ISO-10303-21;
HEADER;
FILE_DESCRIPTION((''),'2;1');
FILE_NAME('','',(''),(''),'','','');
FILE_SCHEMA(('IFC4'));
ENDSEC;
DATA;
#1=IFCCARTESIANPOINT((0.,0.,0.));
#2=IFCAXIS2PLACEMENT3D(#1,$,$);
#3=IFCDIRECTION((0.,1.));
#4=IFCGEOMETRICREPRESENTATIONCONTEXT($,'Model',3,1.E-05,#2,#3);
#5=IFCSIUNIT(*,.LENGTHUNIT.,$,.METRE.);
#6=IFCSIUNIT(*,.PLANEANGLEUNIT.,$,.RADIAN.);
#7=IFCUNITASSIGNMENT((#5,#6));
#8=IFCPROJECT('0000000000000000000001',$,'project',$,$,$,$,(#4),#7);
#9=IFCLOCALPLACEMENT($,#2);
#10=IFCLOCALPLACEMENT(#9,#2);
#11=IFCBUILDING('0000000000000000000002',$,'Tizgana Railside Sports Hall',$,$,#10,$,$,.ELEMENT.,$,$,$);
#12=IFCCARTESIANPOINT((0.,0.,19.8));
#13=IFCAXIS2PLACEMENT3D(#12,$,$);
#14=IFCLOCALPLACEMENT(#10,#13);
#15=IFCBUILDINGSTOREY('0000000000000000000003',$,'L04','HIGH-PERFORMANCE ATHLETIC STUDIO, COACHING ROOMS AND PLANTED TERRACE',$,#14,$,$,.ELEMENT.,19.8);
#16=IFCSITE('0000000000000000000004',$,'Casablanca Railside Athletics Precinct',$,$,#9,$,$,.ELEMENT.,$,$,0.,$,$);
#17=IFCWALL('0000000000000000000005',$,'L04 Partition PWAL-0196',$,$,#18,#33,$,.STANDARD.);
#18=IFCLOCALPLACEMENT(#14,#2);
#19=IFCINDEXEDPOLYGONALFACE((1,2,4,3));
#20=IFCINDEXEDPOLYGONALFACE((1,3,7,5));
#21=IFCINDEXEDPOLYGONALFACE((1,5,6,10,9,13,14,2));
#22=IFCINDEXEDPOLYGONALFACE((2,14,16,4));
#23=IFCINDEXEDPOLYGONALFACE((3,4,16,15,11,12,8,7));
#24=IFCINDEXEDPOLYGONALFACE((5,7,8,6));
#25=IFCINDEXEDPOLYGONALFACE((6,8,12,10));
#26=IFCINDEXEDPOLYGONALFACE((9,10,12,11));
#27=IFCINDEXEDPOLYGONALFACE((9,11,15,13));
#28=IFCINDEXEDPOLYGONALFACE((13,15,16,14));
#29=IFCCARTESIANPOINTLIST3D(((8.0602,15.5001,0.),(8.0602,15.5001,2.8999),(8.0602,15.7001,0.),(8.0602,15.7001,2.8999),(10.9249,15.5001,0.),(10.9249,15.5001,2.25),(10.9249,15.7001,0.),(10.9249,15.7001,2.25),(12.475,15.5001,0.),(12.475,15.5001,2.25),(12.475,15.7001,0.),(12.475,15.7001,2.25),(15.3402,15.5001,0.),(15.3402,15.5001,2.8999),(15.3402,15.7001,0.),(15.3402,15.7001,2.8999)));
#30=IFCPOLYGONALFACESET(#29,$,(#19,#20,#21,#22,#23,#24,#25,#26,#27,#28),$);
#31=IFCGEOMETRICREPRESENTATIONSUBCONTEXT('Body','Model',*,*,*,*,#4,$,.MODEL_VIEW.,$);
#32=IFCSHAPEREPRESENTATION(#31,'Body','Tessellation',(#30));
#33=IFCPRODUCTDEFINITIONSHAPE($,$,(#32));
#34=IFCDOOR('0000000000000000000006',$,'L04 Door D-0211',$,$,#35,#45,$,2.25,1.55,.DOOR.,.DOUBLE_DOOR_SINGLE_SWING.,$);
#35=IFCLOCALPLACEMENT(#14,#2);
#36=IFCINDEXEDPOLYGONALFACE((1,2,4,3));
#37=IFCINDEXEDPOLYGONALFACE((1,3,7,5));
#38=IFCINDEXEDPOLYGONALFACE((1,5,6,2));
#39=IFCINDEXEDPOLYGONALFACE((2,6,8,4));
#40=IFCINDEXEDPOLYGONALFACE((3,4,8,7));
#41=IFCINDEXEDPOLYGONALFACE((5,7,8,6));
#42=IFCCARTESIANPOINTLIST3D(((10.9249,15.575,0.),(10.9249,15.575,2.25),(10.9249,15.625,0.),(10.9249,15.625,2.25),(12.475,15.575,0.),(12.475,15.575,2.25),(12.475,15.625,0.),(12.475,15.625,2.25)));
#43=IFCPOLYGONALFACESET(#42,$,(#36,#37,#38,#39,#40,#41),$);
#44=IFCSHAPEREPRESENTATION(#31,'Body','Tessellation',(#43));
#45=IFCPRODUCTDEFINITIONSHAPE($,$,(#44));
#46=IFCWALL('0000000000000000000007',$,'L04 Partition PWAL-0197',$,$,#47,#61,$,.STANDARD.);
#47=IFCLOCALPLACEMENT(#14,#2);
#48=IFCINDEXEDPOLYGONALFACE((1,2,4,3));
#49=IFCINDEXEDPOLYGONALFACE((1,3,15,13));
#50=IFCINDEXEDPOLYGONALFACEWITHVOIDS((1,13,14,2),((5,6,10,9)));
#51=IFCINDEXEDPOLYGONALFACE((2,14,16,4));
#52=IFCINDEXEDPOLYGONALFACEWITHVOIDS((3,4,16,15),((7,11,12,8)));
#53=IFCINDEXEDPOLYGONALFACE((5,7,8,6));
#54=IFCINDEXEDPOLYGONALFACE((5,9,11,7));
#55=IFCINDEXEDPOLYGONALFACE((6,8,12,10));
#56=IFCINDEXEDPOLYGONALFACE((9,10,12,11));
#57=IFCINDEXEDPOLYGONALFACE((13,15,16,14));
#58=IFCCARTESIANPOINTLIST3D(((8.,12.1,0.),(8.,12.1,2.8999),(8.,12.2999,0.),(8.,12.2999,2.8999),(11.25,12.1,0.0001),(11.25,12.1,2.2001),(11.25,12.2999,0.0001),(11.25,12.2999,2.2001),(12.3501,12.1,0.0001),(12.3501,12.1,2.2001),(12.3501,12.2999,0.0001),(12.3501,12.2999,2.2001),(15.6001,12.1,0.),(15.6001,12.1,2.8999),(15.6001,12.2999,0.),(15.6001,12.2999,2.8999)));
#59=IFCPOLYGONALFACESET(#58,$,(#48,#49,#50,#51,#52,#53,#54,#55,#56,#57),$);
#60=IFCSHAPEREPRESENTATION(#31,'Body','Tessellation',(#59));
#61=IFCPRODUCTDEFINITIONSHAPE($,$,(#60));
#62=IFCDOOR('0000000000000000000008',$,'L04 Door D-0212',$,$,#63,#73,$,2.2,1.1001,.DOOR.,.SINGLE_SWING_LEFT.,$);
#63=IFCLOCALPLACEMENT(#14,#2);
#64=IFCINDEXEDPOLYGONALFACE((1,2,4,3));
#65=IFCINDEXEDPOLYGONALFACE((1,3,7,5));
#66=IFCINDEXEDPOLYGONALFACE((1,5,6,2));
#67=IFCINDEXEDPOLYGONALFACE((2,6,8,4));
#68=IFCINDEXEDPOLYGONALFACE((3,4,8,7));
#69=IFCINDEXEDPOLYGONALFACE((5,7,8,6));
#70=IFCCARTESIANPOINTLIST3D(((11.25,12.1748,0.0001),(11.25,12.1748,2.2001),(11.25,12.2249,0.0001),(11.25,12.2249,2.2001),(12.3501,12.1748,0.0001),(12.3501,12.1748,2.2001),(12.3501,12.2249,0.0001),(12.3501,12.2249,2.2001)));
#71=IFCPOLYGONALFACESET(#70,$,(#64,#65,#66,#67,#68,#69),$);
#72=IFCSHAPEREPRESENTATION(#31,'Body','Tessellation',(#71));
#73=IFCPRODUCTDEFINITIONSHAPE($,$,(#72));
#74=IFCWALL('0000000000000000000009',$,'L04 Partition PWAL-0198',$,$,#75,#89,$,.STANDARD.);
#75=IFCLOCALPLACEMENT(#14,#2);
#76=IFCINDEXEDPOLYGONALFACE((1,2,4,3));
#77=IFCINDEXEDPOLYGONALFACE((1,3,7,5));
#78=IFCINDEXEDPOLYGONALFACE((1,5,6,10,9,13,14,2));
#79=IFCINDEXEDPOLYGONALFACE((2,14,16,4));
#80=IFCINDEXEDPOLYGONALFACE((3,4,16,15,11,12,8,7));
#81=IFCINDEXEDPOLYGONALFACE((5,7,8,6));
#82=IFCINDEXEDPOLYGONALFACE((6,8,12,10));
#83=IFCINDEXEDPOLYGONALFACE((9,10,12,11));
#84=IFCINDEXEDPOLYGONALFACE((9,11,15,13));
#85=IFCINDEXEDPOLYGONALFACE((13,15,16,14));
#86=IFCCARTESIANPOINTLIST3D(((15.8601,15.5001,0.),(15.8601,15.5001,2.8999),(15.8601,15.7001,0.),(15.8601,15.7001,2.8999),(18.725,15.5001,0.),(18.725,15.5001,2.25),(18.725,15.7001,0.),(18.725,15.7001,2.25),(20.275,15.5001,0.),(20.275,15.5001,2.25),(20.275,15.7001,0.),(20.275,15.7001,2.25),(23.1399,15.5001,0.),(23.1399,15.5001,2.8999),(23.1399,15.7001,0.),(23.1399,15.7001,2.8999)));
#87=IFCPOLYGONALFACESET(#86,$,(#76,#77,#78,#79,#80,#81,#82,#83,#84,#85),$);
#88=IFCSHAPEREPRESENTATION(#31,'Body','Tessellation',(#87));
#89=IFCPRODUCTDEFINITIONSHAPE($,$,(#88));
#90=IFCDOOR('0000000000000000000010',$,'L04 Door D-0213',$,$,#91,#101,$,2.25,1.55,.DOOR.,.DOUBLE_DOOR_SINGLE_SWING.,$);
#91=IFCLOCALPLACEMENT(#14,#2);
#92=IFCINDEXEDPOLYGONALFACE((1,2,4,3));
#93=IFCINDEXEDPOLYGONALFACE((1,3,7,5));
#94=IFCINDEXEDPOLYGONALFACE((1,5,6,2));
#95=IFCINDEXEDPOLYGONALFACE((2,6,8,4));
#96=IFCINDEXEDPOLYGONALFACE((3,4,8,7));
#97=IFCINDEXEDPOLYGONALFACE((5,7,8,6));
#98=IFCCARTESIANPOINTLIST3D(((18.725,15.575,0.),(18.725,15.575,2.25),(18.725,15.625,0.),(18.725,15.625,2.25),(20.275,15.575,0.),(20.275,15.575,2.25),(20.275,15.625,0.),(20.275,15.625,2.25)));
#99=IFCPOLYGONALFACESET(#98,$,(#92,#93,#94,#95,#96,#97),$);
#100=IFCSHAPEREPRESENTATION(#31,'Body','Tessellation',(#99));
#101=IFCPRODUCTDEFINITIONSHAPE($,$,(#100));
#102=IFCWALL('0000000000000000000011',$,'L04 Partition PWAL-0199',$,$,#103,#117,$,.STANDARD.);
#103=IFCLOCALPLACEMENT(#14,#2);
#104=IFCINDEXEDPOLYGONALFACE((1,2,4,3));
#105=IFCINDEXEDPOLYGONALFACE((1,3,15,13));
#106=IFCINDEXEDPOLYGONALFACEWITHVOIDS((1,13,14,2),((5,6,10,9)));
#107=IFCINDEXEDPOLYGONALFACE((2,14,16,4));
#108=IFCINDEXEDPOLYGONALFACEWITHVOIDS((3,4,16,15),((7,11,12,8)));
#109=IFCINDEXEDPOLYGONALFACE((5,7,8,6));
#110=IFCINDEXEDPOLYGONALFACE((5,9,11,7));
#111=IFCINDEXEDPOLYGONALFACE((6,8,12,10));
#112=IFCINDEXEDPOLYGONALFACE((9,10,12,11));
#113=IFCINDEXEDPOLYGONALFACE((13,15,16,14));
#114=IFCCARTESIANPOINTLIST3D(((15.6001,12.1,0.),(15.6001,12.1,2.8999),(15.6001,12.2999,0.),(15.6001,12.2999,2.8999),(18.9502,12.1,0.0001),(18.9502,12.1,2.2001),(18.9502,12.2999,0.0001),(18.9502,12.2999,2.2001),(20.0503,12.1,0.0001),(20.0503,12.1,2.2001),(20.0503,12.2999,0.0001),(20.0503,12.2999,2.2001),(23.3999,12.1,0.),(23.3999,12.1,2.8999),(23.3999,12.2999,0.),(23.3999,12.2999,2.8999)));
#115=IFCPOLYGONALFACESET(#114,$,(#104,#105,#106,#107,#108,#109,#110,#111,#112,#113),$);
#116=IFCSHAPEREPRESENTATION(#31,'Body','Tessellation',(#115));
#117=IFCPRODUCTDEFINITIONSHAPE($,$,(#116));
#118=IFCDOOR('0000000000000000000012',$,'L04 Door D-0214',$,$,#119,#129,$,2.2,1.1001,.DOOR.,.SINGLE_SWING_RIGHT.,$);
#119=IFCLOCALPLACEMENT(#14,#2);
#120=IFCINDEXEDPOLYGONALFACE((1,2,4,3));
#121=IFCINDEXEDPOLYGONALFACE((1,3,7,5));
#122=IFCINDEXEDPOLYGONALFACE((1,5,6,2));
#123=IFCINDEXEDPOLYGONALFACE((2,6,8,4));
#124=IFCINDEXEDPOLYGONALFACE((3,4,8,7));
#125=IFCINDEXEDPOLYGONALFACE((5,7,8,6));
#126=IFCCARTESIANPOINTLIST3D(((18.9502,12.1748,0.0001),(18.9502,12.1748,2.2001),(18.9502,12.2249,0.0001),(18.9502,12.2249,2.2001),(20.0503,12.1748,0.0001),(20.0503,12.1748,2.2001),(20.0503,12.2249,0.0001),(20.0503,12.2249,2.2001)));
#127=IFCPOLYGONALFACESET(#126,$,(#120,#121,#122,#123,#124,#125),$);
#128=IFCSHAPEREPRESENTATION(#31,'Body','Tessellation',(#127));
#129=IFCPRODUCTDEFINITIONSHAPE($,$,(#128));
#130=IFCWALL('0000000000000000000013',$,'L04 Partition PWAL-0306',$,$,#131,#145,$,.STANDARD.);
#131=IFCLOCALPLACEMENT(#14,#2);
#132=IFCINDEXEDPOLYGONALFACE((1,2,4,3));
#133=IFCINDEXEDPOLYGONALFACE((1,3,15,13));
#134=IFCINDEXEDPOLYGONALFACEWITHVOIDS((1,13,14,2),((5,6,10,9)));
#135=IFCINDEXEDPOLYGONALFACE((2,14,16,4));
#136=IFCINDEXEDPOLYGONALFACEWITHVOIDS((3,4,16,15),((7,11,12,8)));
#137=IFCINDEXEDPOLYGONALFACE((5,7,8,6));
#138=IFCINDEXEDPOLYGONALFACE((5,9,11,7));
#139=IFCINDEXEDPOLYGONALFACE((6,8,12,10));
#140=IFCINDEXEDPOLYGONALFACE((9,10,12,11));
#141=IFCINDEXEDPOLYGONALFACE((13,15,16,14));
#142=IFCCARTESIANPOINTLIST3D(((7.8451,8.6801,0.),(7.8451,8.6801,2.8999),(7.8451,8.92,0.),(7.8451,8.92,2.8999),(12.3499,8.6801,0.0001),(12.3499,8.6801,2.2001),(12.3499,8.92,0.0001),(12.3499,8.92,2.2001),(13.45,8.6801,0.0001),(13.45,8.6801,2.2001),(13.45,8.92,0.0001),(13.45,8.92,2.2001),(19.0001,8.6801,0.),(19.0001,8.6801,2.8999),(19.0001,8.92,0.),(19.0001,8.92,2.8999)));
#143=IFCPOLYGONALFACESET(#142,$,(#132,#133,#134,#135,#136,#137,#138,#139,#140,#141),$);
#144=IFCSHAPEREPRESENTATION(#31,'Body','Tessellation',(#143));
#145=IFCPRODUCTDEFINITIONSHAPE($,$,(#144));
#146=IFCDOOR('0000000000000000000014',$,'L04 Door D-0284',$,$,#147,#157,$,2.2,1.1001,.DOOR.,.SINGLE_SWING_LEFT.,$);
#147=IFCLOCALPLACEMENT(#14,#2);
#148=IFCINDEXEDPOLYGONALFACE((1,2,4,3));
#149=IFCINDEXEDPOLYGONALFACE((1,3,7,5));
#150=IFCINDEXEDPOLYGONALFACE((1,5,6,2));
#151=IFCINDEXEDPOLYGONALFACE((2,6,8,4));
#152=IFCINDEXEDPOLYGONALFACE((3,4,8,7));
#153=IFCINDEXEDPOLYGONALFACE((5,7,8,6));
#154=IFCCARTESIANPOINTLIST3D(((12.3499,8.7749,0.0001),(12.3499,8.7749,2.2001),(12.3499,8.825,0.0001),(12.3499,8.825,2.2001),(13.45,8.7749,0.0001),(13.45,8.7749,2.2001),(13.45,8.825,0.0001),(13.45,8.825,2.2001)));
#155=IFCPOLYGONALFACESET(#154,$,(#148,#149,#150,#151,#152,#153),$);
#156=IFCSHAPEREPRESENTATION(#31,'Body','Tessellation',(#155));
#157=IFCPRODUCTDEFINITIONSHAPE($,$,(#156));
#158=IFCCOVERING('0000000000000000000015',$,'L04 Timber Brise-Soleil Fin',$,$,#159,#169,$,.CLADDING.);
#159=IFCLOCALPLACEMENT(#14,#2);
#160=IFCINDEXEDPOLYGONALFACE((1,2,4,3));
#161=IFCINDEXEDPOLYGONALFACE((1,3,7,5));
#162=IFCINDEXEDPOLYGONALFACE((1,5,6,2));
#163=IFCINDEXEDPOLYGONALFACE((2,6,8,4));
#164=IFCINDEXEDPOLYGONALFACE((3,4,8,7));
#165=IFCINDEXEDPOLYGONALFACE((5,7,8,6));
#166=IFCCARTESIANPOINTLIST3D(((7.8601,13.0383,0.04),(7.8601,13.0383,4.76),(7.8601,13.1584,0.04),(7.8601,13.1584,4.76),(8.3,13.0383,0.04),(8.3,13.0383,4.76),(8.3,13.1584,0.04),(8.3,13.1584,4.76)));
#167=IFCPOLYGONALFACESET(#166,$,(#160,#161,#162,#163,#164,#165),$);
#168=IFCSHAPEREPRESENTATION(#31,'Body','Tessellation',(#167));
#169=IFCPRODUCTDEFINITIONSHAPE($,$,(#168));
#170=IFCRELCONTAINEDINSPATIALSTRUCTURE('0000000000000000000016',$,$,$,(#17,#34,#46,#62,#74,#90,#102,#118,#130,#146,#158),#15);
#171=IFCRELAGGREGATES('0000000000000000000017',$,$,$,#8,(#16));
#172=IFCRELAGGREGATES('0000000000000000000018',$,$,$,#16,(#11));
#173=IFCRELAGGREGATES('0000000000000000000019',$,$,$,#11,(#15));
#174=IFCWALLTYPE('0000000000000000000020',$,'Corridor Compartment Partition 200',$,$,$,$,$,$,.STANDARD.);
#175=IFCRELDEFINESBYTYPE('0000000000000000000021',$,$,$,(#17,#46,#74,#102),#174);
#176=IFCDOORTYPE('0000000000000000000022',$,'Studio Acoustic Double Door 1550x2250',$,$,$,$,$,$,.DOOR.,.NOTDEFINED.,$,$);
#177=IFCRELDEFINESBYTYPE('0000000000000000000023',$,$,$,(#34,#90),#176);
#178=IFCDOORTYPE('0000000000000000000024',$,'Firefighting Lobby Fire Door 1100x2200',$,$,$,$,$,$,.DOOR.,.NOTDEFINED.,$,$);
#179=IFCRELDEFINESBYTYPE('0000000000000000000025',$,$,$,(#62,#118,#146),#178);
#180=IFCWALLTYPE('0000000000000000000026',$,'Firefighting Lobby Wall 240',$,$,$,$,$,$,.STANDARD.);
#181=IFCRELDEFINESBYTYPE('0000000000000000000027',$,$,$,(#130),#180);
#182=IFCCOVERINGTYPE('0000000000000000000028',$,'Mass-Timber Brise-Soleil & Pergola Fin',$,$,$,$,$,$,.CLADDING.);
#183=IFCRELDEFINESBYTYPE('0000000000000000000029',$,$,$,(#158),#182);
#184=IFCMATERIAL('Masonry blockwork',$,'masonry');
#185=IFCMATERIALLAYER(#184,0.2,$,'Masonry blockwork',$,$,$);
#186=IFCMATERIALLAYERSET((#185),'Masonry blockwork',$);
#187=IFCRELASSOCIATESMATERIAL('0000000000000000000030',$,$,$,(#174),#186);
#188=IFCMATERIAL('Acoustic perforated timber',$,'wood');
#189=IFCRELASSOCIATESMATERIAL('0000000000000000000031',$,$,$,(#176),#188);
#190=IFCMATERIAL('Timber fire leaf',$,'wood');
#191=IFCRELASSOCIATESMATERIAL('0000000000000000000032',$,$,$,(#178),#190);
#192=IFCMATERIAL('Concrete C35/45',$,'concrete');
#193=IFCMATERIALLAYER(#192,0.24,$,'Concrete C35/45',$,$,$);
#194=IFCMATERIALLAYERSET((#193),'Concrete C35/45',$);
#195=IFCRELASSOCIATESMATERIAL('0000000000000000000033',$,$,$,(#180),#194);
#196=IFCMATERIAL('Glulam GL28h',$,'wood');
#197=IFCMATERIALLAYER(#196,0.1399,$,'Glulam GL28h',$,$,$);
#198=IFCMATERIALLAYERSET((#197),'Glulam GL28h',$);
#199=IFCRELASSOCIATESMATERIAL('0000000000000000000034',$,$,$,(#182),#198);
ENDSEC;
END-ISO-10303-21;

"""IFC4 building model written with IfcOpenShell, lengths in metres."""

from ifc_helpers import new_model, si_unit, direction, frame, frame_2d, origin, origin_2d, place, context, subcontext, project, spatial, rectangle, extrude, material, layer, layer_set, type_object, element, fill, save


model = new_model("IFC4")

# Units and contexts
model_context = context("Model", 3, precision=1e-05, world=origin(), true_north=direction((0.0, 1.0)))
body_context = subcontext(model_context, "Body", "Model", "MODEL_VIEW")
ifc_project = project(units=[si_unit("LENGTHUNIT", "METRE"), si_unit("PLANEANGLEUNIT", "RADIAN")], contexts=[model_context])

# Site, building, storey
site_placement = place(None, origin())
site = spatial("IfcSite", under=ifc_project, at=site_placement, Name="Casablanca Railside Athletics Precinct", CompositionType="ELEMENT", RefElevation=0.0)
building_placement = place(site_placement, origin())
building = spatial("IfcBuilding", under=site, at=building_placement, Name="Tizgana Railside Sports Hall", CompositionType="ELEMENT")
storey_placement = place(building_placement, frame((0.0, 0.0, 19.8)))
storey = spatial("IfcBuildingStorey", under=building, at=storey_placement, Name="L04", Description="HIGH-PERFORMANCE ATHLETIC STUDIO, COACHING ROOMS AND PLANTED TERRACE", CompositionType="ELEMENT", Elevation=19.8)

# Shared definitions
ifc_material_1 = material(Name="Concrete C35/45", Category="concrete")

# Walls, openings, doors
ifc_material_2 = material(Name="Masonry blockwork", Category="masonry")
ifc_layer_1 = layer(ifc_material_2, 0.2, Name="Masonry blockwork")
ifc_layer_set_1 = layer_set([ifc_layer_1], Name="Masonry blockwork")
wall_type_1 = type_object("IfcWallType", Name="Corridor Compartment Partition 200", PredefinedType="STANDARD", material=ifc_layer_set_1)
wall_1_placement = place(storey_placement, frame((8.0601, 15.6001, 0.0), z_axis=(0.0, 0.0, 1.0), x_axis=(1.0, 0.0, 0.0)))
wall_1 = element("IfcWall", 1, at=wall_1_placement, inside=storey, type_object=wall_type_1, Name="L04 Partition PWAL-0196", PredefinedType="STANDARD", context=body_context, shape_type="SweptSolid", body=[
    extrude(rectangle(XDim=7.28, YDim=0.2, at=frame_2d((3.6401, 0.0))), origin(), (0.0, 0.0, 1.0), 2.8999),
])
opening_1_placement = place(wall_1_placement, frame((2.865, 0.0, 0.0)))
opening_1 = element("IfcOpeningElement", 2, at=opening_1_placement, cuts=wall_1, PredefinedType="OPENING", context=body_context, shape_type="SweptSolid", body=[
    extrude(rectangle(XDim=1.55, YDim=2.25, at=frame_2d((0.7749, 1.125))), frame((0.0, 0.1099, 0.0), z_axis=(0.0, -1.0, 0.0), x_axis=(1.0, 0.0, 0.0)), (0.0, 0.0, 1.0), 0.22),
])
ifc_material_3 = material(Name="Acoustic perforated timber", Category="wood")
door_type_1 = type_object("IfcDoorType", Name="Studio Acoustic Double Door 1550x2250", OperationType="NOTDEFINED", PredefinedType="DOOR", material=ifc_material_3)
door_1_placement = place(opening_1_placement, origin())
door_1 = element("IfcDoor", 3, at=door_1_placement, inside=storey, type_object=door_type_1, Name="L04 Door D-0211", OperationType="DOUBLE_DOOR_SINGLE_SWING", OverallHeight=2.25, OverallWidth=1.55, PredefinedType="DOOR", context=body_context, shape_type="SweptSolid", body=[
    extrude(rectangle(XDim=1.55, YDim=2.25, at=frame_2d((0.7749, 1.125))), frame((0.0, 0.0249, 0.0), z_axis=(0.0, -1.0, 0.0), x_axis=(1.0, 0.0, 0.0)), (0.0, 0.0, 1.0), 0.05),
])
fill(opening_1, door_1)
wall_2_placement = place(storey_placement, frame((8.0, 12.2, 0.0), z_axis=(0.0, 0.0, 1.0), x_axis=(1.0, 0.0, 0.0)))
wall_2 = element("IfcWall", 4, at=wall_2_placement, inside=storey, type_object=wall_type_1, Name="L04 Partition PWAL-0197", PredefinedType="STANDARD", context=body_context, shape_type="SweptSolid", body=[
    extrude(rectangle(XDim=7.6001, YDim=0.2, at=frame_2d((3.8, 0.0))), origin(), (0.0, 0.0, 1.0), 2.8999),
])
opening_2_placement = place(wall_2_placement, frame((3.25, 0.0, 0.0)))
opening_2 = element("IfcOpeningElement", 5, at=opening_2_placement, cuts=wall_2, PredefinedType="OPENING", context=body_context, shape_type="SweptSolid", body=[
    extrude(rectangle(XDim=1.1001, YDim=2.2, at=frame_2d((0.55, 1.1001))), frame((0.0, 0.1099, 0.0), z_axis=(0.0, -1.0, 0.0), x_axis=(1.0, 0.0, 0.0)), (0.0, 0.0, 1.0), 0.22),
])
ifc_material_4 = material(Name="Timber fire leaf", Category="wood")
door_type_2 = type_object("IfcDoorType", Name="Firefighting Lobby Fire Door 1100x2200", OperationType="NOTDEFINED", PredefinedType="DOOR", material=ifc_material_4)
door_2_placement = place(opening_2_placement, origin())
door_2 = element("IfcDoor", 6, at=door_2_placement, inside=storey, type_object=door_type_2, Name="L04 Door D-0212", OperationType="SINGLE_SWING_LEFT", OverallHeight=2.2, OverallWidth=1.1001, PredefinedType="DOOR", context=body_context, shape_type="SweptSolid", body=[
    extrude(rectangle(XDim=1.1001, YDim=2.2, at=frame_2d((0.55, 1.1001))), frame((0.0, 0.0249, 0.0), z_axis=(0.0, -1.0, 0.0), x_axis=(1.0, 0.0, 0.0)), (0.0, 0.0, 1.0), 0.05),
])
fill(opening_2, door_2)
wall_3_placement = place(storey_placement, frame((15.8601, 15.6001, 0.0), z_axis=(0.0, 0.0, 1.0), x_axis=(1.0, 0.0, 0.0)))
wall_3 = element("IfcWall", 7, at=wall_3_placement, inside=storey, type_object=wall_type_1, Name="L04 Partition PWAL-0198", PredefinedType="STANDARD", context=body_context, shape_type="SweptSolid", body=[
    extrude(rectangle(XDim=7.2798, YDim=0.2, at=frame_2d((3.6399, 0.0))), origin(), (0.0, 0.0, 1.0), 2.8999),
])
opening_3_placement = place(wall_3_placement, frame((2.865, 0.0, 0.0)))
opening_3 = element("IfcOpeningElement", 8, at=opening_3_placement, cuts=wall_3, PredefinedType="OPENING", context=body_context, shape_type="SweptSolid", body=[
    extrude(rectangle(XDim=1.55, YDim=2.25, at=frame_2d((0.7749, 1.125))), frame((0.0, 0.1099, 0.0), z_axis=(0.0, -1.0, 0.0), x_axis=(1.0, 0.0, 0.0)), (0.0, 0.0, 1.0), 0.22),
])
door_3_placement = place(opening_3_placement, origin())
door_3 = element("IfcDoor", 9, at=door_3_placement, inside=storey, type_object=door_type_1, Name="L04 Door D-0213", OperationType="DOUBLE_DOOR_SINGLE_SWING", OverallHeight=2.25, OverallWidth=1.55, PredefinedType="DOOR", context=body_context, shape_type="SweptSolid", body=[
    extrude(rectangle(XDim=1.55, YDim=2.25, at=frame_2d((0.7749, 1.125))), frame((0.0, 0.0249, 0.0), z_axis=(0.0, -1.0, 0.0), x_axis=(1.0, 0.0, 0.0)), (0.0, 0.0, 1.0), 0.05),
])
fill(opening_3, door_3)
wall_4_placement = place(storey_placement, frame((15.6001, 12.2, 0.0), z_axis=(0.0, 0.0, 1.0), x_axis=(1.0, 0.0, 0.0)))
wall_4 = element("IfcWall", 10, at=wall_4_placement, inside=storey, type_object=wall_type_1, Name="L04 Partition PWAL-0199", PredefinedType="STANDARD", context=body_context, shape_type="SweptSolid", body=[
    extrude(rectangle(XDim=7.7998, YDim=0.2, at=frame_2d((3.8999, 0.0))), origin(), (0.0, 0.0, 1.0), 2.8999),
])
opening_4_placement = place(wall_4_placement, frame((3.3501, 0.0, 0.0)))
opening_4 = element("IfcOpeningElement", 11, at=opening_4_placement, cuts=wall_4, PredefinedType="OPENING", context=body_context, shape_type="SweptSolid", body=[
    extrude(rectangle(XDim=1.1001, YDim=2.2, at=frame_2d((0.55, 1.1001))), frame((0.0, 0.1099, 0.0), z_axis=(0.0, -1.0, 0.0), x_axis=(1.0, 0.0, 0.0)), (0.0, 0.0, 1.0), 0.22),
])
door_4_placement = place(opening_4_placement, origin())
door_4 = element("IfcDoor", 12, at=door_4_placement, inside=storey, type_object=door_type_2, Name="L04 Door D-0214", OperationType="SINGLE_SWING_RIGHT", OverallHeight=2.2, OverallWidth=1.1001, PredefinedType="DOOR", context=body_context, shape_type="SweptSolid", body=[
    extrude(rectangle(XDim=1.1001, YDim=2.2, at=frame_2d((0.55, 1.1001))), frame((0.0, 0.0249, 0.0), z_axis=(0.0, -1.0, 0.0), x_axis=(1.0, 0.0, 0.0)), (0.0, 0.0, 1.0), 0.05),
])
fill(opening_4, door_4)
ifc_layer_2 = layer(ifc_material_1, 0.24, Name="Concrete C35/45")
ifc_layer_set_2 = layer_set([ifc_layer_2], Name="Concrete C35/45")
wall_type_2 = type_object("IfcWallType", Name="Firefighting Lobby Wall 240", PredefinedType="STANDARD", material=ifc_layer_set_2)
wall_5_placement = place(storey_placement, frame((7.845, 8.8, 0.0), z_axis=(0.0, 0.0, 1.0), x_axis=(1.0, 0.0, 0.0)))
wall_5 = element("IfcWall", 13, at=wall_5_placement, inside=storey, type_object=wall_type_2, Name="L04 Partition PWAL-0306", PredefinedType="STANDARD", context=body_context, shape_type="SweptSolid", body=[
    extrude(rectangle(XDim=11.155, YDim=0.24, at=frame_2d((5.5776, 0.0))), origin(), (0.0, 0.0, 1.0), 2.8999),
])
opening_5_placement = place(wall_5_placement, frame((4.5049, 0.0, 0.0)))
opening_5 = element("IfcOpeningElement", 14, at=opening_5_placement, cuts=wall_5, PredefinedType="OPENING", context=body_context, shape_type="SweptSolid", body=[
    extrude(rectangle(XDim=1.1001, YDim=2.2, at=frame_2d((0.55, 1.1001))), frame((0.0, 0.1299, 0.0), z_axis=(0.0, -1.0, 0.0), x_axis=(1.0, 0.0, 0.0)), (0.0, 0.0, 1.0), 0.26),
])
door_5_placement = place(opening_5_placement, origin())
door_5 = element("IfcDoor", 15, at=door_5_placement, inside=storey, type_object=door_type_2, Name="L04 Door D-0284", OperationType="SINGLE_SWING_LEFT", OverallHeight=2.2, OverallWidth=1.1001, PredefinedType="DOOR", context=body_context, shape_type="SweptSolid", body=[
    extrude(rectangle(XDim=1.1001, YDim=2.2, at=frame_2d((0.55, 1.1001))), frame((0.0, 0.0249, 0.0), z_axis=(0.0, -1.0, 0.0), x_axis=(1.0, 0.0, 0.0)), (0.0, 0.0, 1.0), 0.05),
])
fill(opening_5, door_5)

# Covering
ifc_material_5 = material(Name="Glulam GL28h", Category="wood")
ifc_layer_3 = layer(ifc_material_5, 0.1399, Name="Glulam GL28h")
ifc_layer_set_3 = layer_set([ifc_layer_3], Name="Glulam GL28h")
covering_type = type_object("IfcCoveringType", Name="Mass-Timber Brise-Soleil & Pergola Fin", PredefinedType="CLADDING", material=ifc_layer_set_3)
for number, where, z_axis, x_axis, name in (
    (16, (8.0801, 13.0984, 0.04), (0.0, 0.0, 1.0), (0.0, -1.0, 0.0), "L04 Timber Brise-Soleil Fin"),
):
    element("IfcCovering", number, at=place(storey_placement, frame(where, z_axis=z_axis, x_axis=x_axis)), inside=storey, type_object=covering_type, Name=name, PredefinedType="CLADDING", context=body_context, shape_type="SweptSolid", body=[
        extrude(rectangle(XDim=0.1201, YDim=0.4399, at=origin_2d()), origin(), (0.0, 0.0, 1.0), 4.72),
    ])

save(model, "model.ifc")
